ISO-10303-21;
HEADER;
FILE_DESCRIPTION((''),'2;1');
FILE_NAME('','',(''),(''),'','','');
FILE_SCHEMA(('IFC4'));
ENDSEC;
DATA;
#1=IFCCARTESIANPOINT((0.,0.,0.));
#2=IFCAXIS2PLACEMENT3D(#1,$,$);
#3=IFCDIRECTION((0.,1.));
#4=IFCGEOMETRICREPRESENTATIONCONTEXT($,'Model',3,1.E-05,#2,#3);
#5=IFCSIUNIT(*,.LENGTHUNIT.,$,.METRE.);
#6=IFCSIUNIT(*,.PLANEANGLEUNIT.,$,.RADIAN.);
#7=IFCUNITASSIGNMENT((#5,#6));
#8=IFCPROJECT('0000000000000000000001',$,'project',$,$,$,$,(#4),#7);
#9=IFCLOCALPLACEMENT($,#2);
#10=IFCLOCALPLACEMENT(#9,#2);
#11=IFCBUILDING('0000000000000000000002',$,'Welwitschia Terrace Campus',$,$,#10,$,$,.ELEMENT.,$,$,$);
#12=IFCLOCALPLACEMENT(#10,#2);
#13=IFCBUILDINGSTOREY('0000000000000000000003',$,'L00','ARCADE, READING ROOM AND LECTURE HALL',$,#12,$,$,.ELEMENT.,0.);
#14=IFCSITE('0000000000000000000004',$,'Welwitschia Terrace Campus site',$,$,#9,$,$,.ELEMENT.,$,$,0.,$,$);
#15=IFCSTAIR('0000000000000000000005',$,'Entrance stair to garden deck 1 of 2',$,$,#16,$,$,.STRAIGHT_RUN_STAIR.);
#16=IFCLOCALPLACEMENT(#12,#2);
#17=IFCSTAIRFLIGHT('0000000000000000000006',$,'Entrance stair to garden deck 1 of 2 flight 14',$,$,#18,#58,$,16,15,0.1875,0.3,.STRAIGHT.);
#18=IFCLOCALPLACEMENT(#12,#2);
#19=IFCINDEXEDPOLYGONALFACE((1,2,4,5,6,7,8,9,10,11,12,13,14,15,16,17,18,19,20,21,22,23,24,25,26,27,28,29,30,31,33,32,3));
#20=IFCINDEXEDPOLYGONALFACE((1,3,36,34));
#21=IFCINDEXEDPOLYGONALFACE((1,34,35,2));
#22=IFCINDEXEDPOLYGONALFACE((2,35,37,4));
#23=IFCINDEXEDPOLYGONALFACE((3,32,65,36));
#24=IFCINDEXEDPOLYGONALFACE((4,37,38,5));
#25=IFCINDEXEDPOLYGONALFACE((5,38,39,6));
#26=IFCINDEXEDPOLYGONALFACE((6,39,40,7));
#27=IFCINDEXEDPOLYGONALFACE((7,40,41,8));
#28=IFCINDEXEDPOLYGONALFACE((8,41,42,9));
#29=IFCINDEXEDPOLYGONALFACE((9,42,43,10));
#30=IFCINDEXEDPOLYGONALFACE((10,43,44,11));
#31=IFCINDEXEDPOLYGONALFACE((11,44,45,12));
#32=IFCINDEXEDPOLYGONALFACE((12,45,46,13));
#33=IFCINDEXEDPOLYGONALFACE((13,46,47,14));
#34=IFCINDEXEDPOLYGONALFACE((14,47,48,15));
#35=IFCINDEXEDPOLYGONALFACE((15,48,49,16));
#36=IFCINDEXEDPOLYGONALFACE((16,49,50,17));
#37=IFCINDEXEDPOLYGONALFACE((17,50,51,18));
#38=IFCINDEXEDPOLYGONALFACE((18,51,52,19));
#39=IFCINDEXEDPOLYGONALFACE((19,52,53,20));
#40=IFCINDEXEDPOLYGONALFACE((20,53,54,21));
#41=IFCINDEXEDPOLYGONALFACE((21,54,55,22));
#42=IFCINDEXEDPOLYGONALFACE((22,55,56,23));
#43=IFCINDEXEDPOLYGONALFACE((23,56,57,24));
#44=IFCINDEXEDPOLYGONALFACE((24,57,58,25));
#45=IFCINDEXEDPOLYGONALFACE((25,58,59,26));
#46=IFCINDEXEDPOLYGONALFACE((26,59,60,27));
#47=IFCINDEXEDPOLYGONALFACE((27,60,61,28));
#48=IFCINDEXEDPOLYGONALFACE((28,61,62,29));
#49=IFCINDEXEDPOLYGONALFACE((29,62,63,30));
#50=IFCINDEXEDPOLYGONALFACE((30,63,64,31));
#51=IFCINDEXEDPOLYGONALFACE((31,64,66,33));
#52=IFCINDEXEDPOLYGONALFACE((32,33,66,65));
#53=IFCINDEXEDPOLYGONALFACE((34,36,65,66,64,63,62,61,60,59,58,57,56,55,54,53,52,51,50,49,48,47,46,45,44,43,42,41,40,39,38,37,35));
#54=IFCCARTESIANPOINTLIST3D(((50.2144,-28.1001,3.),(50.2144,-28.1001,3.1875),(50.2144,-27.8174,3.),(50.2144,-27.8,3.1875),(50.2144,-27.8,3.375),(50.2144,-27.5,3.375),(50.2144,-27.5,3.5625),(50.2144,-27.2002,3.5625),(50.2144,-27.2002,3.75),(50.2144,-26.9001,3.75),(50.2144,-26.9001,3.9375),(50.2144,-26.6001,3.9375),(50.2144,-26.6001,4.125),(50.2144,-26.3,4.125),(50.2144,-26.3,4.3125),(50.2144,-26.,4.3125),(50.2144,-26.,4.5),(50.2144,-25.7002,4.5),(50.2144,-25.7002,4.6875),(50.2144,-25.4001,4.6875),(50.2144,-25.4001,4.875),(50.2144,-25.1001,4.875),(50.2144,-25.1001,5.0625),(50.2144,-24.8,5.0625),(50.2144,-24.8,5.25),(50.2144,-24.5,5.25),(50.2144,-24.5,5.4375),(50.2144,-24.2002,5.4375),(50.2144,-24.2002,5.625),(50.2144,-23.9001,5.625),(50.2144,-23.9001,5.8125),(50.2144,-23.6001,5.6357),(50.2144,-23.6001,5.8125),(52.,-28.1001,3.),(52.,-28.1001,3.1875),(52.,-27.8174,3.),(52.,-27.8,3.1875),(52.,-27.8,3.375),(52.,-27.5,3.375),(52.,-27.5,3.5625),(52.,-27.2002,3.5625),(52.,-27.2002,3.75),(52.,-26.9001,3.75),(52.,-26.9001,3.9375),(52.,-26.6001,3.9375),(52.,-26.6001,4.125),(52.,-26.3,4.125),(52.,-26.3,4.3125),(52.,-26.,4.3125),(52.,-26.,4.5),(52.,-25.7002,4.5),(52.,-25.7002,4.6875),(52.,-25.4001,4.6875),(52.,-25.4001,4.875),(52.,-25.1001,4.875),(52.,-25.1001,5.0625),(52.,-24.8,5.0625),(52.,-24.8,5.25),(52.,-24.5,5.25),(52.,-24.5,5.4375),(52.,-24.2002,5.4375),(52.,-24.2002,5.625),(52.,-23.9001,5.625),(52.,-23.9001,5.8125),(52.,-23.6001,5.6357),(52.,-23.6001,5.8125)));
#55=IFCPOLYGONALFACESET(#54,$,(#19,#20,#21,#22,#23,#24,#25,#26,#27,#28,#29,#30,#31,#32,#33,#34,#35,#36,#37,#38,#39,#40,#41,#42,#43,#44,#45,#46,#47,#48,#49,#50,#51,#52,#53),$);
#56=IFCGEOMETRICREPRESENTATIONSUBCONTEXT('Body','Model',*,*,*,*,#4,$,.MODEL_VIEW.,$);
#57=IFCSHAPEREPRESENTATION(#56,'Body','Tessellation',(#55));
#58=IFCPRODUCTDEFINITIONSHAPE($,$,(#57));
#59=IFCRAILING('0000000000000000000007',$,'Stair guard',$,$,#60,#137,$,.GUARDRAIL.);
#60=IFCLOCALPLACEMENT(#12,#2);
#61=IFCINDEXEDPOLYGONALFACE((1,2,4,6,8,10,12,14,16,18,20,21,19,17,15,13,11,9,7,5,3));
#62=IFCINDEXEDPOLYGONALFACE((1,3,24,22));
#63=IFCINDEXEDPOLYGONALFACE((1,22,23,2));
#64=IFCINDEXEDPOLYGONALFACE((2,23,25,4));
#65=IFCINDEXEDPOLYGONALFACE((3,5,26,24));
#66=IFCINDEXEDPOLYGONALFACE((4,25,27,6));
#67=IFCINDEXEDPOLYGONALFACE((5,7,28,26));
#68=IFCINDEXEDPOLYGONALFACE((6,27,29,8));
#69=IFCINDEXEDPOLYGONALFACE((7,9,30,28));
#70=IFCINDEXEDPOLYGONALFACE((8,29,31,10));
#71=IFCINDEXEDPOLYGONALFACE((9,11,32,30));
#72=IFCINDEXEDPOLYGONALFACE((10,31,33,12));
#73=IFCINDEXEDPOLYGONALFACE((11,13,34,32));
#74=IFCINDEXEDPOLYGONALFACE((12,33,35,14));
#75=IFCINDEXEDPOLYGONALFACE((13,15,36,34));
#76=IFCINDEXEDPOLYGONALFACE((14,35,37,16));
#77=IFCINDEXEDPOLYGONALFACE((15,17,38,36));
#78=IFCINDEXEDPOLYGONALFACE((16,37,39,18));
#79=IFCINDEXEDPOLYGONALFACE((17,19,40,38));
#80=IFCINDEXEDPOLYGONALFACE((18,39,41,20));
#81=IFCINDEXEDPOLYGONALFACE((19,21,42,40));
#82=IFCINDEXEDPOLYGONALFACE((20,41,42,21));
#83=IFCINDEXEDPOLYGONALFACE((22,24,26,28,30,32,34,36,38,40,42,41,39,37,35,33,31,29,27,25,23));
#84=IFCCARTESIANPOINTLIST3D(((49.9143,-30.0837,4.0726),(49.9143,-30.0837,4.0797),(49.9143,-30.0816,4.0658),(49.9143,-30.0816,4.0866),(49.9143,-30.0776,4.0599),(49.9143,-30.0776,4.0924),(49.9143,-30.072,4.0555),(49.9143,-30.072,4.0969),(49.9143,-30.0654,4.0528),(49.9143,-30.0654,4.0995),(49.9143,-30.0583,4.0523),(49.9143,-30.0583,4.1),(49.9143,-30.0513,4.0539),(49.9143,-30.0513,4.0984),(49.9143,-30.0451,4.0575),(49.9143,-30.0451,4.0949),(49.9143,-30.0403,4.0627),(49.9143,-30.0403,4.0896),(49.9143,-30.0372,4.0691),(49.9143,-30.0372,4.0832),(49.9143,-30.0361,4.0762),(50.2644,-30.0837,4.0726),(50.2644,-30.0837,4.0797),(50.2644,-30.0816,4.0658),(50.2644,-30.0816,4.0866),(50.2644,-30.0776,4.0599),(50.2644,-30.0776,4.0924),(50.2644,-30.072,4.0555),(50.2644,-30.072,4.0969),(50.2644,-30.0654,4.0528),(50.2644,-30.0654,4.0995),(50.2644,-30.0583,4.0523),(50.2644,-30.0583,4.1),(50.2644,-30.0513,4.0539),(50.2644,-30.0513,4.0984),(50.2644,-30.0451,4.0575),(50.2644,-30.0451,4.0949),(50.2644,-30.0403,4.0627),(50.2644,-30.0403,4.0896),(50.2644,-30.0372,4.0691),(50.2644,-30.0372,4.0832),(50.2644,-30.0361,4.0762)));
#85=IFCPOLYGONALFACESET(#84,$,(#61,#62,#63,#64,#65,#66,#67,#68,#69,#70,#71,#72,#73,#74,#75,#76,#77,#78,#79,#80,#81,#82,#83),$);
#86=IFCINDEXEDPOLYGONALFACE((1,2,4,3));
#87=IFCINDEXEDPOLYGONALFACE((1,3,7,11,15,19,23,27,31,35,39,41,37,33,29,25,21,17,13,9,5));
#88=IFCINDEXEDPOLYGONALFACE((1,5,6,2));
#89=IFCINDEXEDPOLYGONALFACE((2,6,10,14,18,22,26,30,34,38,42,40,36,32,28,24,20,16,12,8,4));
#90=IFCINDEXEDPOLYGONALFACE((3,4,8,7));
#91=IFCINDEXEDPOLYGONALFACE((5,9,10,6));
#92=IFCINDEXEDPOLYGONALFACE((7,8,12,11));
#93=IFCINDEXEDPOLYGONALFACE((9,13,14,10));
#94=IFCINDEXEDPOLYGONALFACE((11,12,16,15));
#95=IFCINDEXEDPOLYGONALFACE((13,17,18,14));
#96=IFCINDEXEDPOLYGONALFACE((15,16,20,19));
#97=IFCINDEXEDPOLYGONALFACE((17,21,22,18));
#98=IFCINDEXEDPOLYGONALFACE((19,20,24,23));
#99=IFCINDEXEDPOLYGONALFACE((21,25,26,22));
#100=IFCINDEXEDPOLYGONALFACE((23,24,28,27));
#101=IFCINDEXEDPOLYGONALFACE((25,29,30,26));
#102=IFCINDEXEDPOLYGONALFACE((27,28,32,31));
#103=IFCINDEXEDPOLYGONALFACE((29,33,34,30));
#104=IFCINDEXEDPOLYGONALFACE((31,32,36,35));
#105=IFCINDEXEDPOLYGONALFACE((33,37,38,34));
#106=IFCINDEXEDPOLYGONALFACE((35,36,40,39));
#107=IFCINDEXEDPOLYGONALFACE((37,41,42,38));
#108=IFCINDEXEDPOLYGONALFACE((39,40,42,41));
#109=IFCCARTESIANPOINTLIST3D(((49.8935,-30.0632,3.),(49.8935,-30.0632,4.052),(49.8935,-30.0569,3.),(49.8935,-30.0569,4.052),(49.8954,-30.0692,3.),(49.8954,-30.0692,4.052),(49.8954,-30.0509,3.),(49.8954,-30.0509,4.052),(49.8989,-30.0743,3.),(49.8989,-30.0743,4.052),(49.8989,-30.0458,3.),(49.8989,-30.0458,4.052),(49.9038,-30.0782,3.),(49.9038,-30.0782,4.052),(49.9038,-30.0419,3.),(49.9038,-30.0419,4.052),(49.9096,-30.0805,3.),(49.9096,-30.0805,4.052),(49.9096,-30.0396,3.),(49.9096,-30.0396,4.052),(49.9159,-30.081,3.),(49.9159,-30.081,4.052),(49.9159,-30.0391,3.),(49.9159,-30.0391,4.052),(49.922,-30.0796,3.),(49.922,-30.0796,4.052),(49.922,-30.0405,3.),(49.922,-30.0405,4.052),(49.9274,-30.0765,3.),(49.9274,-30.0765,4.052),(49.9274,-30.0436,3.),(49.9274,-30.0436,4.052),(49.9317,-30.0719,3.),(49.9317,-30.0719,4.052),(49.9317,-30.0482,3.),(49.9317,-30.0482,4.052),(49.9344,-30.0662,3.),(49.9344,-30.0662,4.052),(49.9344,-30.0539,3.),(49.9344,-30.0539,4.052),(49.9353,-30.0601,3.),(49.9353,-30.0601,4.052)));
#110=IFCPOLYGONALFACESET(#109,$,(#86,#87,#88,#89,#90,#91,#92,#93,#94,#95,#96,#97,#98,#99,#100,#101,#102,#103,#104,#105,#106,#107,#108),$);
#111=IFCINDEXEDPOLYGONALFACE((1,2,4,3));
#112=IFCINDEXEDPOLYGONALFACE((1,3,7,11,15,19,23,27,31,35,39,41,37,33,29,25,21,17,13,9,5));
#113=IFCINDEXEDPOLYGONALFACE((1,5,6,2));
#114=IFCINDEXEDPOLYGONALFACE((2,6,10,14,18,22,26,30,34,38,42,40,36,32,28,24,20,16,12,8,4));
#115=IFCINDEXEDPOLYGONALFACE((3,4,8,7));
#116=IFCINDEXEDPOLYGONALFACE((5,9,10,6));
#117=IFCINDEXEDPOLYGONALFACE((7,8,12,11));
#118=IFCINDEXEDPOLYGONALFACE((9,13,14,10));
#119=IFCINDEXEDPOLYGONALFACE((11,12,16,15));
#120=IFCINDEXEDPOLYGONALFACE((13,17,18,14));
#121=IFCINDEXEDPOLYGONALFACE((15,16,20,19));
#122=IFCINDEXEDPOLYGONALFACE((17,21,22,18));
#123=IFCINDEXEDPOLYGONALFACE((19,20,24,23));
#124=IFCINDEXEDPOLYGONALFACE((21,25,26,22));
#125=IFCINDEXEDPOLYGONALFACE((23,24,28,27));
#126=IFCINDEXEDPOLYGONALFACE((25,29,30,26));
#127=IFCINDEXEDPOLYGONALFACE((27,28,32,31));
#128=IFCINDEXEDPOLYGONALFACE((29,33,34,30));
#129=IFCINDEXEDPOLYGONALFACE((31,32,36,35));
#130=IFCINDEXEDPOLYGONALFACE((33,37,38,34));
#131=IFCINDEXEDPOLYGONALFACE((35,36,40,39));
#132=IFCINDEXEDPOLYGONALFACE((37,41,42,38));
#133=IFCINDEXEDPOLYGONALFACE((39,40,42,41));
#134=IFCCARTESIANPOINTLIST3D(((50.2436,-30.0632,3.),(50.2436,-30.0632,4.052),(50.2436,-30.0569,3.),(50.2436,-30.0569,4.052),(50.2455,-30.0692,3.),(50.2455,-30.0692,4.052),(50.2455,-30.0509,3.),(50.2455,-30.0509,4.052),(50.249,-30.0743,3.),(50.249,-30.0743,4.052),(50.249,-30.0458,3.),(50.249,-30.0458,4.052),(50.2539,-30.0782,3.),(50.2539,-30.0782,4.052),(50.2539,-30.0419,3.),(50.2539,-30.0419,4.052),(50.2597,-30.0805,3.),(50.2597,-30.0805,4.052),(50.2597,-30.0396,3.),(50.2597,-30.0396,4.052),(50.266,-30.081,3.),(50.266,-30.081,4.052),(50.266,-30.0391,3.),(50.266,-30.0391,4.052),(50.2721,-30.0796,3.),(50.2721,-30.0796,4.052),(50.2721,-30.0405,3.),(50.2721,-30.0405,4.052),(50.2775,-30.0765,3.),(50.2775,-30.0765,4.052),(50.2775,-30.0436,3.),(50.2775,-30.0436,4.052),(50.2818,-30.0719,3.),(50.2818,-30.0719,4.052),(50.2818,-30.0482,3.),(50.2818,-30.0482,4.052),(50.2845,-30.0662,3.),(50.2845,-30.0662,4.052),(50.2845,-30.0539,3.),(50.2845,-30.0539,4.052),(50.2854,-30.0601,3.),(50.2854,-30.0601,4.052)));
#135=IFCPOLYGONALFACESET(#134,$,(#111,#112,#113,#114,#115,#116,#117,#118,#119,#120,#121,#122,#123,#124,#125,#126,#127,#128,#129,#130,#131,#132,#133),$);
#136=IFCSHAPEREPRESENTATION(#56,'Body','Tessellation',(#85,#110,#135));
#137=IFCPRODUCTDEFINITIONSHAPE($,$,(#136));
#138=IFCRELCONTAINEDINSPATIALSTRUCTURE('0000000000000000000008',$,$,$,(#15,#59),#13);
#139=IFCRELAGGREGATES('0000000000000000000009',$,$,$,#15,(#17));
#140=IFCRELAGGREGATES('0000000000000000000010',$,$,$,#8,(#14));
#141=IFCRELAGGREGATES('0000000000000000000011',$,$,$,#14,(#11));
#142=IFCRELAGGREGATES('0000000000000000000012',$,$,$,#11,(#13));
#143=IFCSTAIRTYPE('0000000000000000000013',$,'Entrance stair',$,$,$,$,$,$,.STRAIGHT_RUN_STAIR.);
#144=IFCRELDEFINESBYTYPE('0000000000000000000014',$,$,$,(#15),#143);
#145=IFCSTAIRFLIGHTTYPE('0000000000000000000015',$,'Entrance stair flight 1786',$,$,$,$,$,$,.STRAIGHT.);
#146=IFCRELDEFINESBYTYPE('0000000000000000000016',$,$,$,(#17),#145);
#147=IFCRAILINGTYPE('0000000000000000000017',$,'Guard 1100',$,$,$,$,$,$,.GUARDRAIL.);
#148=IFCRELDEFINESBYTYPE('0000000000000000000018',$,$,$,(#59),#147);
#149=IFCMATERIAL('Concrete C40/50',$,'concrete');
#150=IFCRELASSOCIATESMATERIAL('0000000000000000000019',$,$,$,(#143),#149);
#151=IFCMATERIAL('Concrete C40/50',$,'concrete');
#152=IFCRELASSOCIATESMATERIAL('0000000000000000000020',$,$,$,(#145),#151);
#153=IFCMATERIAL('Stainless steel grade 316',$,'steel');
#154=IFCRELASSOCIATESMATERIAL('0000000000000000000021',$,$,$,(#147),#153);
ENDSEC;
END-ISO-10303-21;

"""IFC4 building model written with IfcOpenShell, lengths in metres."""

from ifc_helpers import new_model, si_unit, direction, frame, origin, origin_2d, place, context, subcontext, project, spatial, polyline, circle, outline, extrude, material, type_object, element, aggregate, save


model = new_model("IFC4")

# Units and contexts
model_context = context("Model", 3, precision=1e-05, world=origin(), true_north=direction((0.0, 1.0)))
body_context = subcontext(model_context, "Body", "Model", "MODEL_VIEW")
ifc_project = project(units=[si_unit("LENGTHUNIT", "METRE"), si_unit("PLANEANGLEUNIT", "RADIAN")], contexts=[model_context])

# Site, building, storey
site_placement = place(None, origin())
site = spatial("IfcSite", under=ifc_project, at=site_placement, Name="Welwitschia Terrace Campus site", CompositionType="ELEMENT", RefElevation=0.0)
building_placement = place(site_placement, origin())
building = spatial("IfcBuilding", under=site, at=building_placement, Name="Welwitschia Terrace Campus", CompositionType="ELEMENT")
storey_placement = place(building_placement, origin())
storey = spatial("IfcBuildingStorey", under=building, at=storey_placement, Name="L00", Description="ARCADE, READING ROOM AND LECTURE HALL", CompositionType="ELEMENT", Elevation=0.0)

# Stair, stair flight
ifc_material_1 = material(Name="Concrete C40/50", Category="concrete")
stair_type = type_object("IfcStairType", Name="Entrance stair", PredefinedType="STRAIGHT_RUN_STAIR", material=ifc_material_1)
stair_placement = place(storey_placement, origin())
stair = element("IfcStair", 1, at=stair_placement, inside=storey, type_object=stair_type, Name="Entrance stair to garden deck 1 of 2", PredefinedType="STRAIGHT_RUN_STAIR")
ifc_material_2 = material(Name="Concrete C40/50", Category="concrete")
stair_flight_type = type_object("IfcStairFlightType", Name="Entrance stair flight 1786", PredefinedType="STRAIGHT", material=ifc_material_2)
stair_flight_1_placement = place(storey_placement, frame((51.1072, -28.1001, 3.0), z_axis=(0.0, 0.0, 1.0), x_axis=(0.0, 1.0, 0.0)))
stair_flight_1 = element("IfcStairFlight", 2, at=stair_flight_1_placement, type_object=stair_flight_type, Name="Entrance stair to garden deck 1 of 2 flight 14", NumberOfRisers=16, NumberOfTreads=15, PredefinedType="STRAIGHT", RiserHeight=0.1875, TreadLength=0.3, context=body_context, shape_type="SweptSolid", body=[
    extrude(outline(polyline([(0.0, 0.0), (0.0, 0.1875), (0.3, 0.1875), (0.3, 0.375), (0.6001, 0.375), (0.6001, 0.5625), (0.8999, 0.5625), (0.8999, 0.75), (1.2, 0.75), (1.2, 0.9375), (1.5, 0.9375), (1.5, 1.125), (1.8, 1.125), (1.8, 1.3125), (2.1001, 1.3125), (2.1001, 1.5), (2.3999, 1.5), (2.3999, 1.6875), (2.7, 1.6875), (2.7, 1.875), (3.0, 1.875), (3.0, 2.0625), (3.3, 2.0625), (3.3, 2.25), (3.6001, 2.25), (3.6001, 2.4375), (3.8999, 2.4375), (3.8999, 2.625), (4.2, 2.625), (4.2, 2.8125), (4.5, 2.8125), (4.5, 3.0), (4.5, 2.6357), (0.2827, 0.0), (0.0, 0.0)])), frame((0.0, 0.8928, 0.0), z_axis=(0.0, -1.0, 0.0), x_axis=(1.0, 0.0, 0.0)), (0.0, 0.0, 1.0), 1.7856),
])
aggregate(stair, [stair_flight_1])

# Railing
ifc_material_3 = material(Name="Stainless steel grade 316", Category="steel")
railing_type_1 = type_object("IfcRailingType", Name="Guard 1100", PredefinedType="GUARDRAIL", material=ifc_material_3)
railing_1_placement = place(storey_placement, frame((49.9143, -30.0601, 3.0)))
element("IfcRailing", 3, at=railing_1_placement, inside=storey, type_object=railing_type_1, Name="Stair guard", PredefinedType="GUARDRAIL", context=body_context, shape_type="SweptSolid", body=[
    extrude(circle(Radius=0.0239, at=origin_2d()), frame((0.0, 0.0, 1.0762), z_axis=(1.0, 0.0, 0.0), x_axis=(0.0, 1.0, 0.0)), (0.0, 0.0, 1.0), 0.3501),
    extrude(circle(Radius=0.021, at=origin_2d()), origin(), (0.0, 0.0, 1.0), 1.052),
    extrude(circle(Radius=0.021, at=origin_2d()), frame((0.3501, 0.0, 0.0)), (0.0, 0.0, 1.0), 1.052),
])

save(model, "model.ifc")
